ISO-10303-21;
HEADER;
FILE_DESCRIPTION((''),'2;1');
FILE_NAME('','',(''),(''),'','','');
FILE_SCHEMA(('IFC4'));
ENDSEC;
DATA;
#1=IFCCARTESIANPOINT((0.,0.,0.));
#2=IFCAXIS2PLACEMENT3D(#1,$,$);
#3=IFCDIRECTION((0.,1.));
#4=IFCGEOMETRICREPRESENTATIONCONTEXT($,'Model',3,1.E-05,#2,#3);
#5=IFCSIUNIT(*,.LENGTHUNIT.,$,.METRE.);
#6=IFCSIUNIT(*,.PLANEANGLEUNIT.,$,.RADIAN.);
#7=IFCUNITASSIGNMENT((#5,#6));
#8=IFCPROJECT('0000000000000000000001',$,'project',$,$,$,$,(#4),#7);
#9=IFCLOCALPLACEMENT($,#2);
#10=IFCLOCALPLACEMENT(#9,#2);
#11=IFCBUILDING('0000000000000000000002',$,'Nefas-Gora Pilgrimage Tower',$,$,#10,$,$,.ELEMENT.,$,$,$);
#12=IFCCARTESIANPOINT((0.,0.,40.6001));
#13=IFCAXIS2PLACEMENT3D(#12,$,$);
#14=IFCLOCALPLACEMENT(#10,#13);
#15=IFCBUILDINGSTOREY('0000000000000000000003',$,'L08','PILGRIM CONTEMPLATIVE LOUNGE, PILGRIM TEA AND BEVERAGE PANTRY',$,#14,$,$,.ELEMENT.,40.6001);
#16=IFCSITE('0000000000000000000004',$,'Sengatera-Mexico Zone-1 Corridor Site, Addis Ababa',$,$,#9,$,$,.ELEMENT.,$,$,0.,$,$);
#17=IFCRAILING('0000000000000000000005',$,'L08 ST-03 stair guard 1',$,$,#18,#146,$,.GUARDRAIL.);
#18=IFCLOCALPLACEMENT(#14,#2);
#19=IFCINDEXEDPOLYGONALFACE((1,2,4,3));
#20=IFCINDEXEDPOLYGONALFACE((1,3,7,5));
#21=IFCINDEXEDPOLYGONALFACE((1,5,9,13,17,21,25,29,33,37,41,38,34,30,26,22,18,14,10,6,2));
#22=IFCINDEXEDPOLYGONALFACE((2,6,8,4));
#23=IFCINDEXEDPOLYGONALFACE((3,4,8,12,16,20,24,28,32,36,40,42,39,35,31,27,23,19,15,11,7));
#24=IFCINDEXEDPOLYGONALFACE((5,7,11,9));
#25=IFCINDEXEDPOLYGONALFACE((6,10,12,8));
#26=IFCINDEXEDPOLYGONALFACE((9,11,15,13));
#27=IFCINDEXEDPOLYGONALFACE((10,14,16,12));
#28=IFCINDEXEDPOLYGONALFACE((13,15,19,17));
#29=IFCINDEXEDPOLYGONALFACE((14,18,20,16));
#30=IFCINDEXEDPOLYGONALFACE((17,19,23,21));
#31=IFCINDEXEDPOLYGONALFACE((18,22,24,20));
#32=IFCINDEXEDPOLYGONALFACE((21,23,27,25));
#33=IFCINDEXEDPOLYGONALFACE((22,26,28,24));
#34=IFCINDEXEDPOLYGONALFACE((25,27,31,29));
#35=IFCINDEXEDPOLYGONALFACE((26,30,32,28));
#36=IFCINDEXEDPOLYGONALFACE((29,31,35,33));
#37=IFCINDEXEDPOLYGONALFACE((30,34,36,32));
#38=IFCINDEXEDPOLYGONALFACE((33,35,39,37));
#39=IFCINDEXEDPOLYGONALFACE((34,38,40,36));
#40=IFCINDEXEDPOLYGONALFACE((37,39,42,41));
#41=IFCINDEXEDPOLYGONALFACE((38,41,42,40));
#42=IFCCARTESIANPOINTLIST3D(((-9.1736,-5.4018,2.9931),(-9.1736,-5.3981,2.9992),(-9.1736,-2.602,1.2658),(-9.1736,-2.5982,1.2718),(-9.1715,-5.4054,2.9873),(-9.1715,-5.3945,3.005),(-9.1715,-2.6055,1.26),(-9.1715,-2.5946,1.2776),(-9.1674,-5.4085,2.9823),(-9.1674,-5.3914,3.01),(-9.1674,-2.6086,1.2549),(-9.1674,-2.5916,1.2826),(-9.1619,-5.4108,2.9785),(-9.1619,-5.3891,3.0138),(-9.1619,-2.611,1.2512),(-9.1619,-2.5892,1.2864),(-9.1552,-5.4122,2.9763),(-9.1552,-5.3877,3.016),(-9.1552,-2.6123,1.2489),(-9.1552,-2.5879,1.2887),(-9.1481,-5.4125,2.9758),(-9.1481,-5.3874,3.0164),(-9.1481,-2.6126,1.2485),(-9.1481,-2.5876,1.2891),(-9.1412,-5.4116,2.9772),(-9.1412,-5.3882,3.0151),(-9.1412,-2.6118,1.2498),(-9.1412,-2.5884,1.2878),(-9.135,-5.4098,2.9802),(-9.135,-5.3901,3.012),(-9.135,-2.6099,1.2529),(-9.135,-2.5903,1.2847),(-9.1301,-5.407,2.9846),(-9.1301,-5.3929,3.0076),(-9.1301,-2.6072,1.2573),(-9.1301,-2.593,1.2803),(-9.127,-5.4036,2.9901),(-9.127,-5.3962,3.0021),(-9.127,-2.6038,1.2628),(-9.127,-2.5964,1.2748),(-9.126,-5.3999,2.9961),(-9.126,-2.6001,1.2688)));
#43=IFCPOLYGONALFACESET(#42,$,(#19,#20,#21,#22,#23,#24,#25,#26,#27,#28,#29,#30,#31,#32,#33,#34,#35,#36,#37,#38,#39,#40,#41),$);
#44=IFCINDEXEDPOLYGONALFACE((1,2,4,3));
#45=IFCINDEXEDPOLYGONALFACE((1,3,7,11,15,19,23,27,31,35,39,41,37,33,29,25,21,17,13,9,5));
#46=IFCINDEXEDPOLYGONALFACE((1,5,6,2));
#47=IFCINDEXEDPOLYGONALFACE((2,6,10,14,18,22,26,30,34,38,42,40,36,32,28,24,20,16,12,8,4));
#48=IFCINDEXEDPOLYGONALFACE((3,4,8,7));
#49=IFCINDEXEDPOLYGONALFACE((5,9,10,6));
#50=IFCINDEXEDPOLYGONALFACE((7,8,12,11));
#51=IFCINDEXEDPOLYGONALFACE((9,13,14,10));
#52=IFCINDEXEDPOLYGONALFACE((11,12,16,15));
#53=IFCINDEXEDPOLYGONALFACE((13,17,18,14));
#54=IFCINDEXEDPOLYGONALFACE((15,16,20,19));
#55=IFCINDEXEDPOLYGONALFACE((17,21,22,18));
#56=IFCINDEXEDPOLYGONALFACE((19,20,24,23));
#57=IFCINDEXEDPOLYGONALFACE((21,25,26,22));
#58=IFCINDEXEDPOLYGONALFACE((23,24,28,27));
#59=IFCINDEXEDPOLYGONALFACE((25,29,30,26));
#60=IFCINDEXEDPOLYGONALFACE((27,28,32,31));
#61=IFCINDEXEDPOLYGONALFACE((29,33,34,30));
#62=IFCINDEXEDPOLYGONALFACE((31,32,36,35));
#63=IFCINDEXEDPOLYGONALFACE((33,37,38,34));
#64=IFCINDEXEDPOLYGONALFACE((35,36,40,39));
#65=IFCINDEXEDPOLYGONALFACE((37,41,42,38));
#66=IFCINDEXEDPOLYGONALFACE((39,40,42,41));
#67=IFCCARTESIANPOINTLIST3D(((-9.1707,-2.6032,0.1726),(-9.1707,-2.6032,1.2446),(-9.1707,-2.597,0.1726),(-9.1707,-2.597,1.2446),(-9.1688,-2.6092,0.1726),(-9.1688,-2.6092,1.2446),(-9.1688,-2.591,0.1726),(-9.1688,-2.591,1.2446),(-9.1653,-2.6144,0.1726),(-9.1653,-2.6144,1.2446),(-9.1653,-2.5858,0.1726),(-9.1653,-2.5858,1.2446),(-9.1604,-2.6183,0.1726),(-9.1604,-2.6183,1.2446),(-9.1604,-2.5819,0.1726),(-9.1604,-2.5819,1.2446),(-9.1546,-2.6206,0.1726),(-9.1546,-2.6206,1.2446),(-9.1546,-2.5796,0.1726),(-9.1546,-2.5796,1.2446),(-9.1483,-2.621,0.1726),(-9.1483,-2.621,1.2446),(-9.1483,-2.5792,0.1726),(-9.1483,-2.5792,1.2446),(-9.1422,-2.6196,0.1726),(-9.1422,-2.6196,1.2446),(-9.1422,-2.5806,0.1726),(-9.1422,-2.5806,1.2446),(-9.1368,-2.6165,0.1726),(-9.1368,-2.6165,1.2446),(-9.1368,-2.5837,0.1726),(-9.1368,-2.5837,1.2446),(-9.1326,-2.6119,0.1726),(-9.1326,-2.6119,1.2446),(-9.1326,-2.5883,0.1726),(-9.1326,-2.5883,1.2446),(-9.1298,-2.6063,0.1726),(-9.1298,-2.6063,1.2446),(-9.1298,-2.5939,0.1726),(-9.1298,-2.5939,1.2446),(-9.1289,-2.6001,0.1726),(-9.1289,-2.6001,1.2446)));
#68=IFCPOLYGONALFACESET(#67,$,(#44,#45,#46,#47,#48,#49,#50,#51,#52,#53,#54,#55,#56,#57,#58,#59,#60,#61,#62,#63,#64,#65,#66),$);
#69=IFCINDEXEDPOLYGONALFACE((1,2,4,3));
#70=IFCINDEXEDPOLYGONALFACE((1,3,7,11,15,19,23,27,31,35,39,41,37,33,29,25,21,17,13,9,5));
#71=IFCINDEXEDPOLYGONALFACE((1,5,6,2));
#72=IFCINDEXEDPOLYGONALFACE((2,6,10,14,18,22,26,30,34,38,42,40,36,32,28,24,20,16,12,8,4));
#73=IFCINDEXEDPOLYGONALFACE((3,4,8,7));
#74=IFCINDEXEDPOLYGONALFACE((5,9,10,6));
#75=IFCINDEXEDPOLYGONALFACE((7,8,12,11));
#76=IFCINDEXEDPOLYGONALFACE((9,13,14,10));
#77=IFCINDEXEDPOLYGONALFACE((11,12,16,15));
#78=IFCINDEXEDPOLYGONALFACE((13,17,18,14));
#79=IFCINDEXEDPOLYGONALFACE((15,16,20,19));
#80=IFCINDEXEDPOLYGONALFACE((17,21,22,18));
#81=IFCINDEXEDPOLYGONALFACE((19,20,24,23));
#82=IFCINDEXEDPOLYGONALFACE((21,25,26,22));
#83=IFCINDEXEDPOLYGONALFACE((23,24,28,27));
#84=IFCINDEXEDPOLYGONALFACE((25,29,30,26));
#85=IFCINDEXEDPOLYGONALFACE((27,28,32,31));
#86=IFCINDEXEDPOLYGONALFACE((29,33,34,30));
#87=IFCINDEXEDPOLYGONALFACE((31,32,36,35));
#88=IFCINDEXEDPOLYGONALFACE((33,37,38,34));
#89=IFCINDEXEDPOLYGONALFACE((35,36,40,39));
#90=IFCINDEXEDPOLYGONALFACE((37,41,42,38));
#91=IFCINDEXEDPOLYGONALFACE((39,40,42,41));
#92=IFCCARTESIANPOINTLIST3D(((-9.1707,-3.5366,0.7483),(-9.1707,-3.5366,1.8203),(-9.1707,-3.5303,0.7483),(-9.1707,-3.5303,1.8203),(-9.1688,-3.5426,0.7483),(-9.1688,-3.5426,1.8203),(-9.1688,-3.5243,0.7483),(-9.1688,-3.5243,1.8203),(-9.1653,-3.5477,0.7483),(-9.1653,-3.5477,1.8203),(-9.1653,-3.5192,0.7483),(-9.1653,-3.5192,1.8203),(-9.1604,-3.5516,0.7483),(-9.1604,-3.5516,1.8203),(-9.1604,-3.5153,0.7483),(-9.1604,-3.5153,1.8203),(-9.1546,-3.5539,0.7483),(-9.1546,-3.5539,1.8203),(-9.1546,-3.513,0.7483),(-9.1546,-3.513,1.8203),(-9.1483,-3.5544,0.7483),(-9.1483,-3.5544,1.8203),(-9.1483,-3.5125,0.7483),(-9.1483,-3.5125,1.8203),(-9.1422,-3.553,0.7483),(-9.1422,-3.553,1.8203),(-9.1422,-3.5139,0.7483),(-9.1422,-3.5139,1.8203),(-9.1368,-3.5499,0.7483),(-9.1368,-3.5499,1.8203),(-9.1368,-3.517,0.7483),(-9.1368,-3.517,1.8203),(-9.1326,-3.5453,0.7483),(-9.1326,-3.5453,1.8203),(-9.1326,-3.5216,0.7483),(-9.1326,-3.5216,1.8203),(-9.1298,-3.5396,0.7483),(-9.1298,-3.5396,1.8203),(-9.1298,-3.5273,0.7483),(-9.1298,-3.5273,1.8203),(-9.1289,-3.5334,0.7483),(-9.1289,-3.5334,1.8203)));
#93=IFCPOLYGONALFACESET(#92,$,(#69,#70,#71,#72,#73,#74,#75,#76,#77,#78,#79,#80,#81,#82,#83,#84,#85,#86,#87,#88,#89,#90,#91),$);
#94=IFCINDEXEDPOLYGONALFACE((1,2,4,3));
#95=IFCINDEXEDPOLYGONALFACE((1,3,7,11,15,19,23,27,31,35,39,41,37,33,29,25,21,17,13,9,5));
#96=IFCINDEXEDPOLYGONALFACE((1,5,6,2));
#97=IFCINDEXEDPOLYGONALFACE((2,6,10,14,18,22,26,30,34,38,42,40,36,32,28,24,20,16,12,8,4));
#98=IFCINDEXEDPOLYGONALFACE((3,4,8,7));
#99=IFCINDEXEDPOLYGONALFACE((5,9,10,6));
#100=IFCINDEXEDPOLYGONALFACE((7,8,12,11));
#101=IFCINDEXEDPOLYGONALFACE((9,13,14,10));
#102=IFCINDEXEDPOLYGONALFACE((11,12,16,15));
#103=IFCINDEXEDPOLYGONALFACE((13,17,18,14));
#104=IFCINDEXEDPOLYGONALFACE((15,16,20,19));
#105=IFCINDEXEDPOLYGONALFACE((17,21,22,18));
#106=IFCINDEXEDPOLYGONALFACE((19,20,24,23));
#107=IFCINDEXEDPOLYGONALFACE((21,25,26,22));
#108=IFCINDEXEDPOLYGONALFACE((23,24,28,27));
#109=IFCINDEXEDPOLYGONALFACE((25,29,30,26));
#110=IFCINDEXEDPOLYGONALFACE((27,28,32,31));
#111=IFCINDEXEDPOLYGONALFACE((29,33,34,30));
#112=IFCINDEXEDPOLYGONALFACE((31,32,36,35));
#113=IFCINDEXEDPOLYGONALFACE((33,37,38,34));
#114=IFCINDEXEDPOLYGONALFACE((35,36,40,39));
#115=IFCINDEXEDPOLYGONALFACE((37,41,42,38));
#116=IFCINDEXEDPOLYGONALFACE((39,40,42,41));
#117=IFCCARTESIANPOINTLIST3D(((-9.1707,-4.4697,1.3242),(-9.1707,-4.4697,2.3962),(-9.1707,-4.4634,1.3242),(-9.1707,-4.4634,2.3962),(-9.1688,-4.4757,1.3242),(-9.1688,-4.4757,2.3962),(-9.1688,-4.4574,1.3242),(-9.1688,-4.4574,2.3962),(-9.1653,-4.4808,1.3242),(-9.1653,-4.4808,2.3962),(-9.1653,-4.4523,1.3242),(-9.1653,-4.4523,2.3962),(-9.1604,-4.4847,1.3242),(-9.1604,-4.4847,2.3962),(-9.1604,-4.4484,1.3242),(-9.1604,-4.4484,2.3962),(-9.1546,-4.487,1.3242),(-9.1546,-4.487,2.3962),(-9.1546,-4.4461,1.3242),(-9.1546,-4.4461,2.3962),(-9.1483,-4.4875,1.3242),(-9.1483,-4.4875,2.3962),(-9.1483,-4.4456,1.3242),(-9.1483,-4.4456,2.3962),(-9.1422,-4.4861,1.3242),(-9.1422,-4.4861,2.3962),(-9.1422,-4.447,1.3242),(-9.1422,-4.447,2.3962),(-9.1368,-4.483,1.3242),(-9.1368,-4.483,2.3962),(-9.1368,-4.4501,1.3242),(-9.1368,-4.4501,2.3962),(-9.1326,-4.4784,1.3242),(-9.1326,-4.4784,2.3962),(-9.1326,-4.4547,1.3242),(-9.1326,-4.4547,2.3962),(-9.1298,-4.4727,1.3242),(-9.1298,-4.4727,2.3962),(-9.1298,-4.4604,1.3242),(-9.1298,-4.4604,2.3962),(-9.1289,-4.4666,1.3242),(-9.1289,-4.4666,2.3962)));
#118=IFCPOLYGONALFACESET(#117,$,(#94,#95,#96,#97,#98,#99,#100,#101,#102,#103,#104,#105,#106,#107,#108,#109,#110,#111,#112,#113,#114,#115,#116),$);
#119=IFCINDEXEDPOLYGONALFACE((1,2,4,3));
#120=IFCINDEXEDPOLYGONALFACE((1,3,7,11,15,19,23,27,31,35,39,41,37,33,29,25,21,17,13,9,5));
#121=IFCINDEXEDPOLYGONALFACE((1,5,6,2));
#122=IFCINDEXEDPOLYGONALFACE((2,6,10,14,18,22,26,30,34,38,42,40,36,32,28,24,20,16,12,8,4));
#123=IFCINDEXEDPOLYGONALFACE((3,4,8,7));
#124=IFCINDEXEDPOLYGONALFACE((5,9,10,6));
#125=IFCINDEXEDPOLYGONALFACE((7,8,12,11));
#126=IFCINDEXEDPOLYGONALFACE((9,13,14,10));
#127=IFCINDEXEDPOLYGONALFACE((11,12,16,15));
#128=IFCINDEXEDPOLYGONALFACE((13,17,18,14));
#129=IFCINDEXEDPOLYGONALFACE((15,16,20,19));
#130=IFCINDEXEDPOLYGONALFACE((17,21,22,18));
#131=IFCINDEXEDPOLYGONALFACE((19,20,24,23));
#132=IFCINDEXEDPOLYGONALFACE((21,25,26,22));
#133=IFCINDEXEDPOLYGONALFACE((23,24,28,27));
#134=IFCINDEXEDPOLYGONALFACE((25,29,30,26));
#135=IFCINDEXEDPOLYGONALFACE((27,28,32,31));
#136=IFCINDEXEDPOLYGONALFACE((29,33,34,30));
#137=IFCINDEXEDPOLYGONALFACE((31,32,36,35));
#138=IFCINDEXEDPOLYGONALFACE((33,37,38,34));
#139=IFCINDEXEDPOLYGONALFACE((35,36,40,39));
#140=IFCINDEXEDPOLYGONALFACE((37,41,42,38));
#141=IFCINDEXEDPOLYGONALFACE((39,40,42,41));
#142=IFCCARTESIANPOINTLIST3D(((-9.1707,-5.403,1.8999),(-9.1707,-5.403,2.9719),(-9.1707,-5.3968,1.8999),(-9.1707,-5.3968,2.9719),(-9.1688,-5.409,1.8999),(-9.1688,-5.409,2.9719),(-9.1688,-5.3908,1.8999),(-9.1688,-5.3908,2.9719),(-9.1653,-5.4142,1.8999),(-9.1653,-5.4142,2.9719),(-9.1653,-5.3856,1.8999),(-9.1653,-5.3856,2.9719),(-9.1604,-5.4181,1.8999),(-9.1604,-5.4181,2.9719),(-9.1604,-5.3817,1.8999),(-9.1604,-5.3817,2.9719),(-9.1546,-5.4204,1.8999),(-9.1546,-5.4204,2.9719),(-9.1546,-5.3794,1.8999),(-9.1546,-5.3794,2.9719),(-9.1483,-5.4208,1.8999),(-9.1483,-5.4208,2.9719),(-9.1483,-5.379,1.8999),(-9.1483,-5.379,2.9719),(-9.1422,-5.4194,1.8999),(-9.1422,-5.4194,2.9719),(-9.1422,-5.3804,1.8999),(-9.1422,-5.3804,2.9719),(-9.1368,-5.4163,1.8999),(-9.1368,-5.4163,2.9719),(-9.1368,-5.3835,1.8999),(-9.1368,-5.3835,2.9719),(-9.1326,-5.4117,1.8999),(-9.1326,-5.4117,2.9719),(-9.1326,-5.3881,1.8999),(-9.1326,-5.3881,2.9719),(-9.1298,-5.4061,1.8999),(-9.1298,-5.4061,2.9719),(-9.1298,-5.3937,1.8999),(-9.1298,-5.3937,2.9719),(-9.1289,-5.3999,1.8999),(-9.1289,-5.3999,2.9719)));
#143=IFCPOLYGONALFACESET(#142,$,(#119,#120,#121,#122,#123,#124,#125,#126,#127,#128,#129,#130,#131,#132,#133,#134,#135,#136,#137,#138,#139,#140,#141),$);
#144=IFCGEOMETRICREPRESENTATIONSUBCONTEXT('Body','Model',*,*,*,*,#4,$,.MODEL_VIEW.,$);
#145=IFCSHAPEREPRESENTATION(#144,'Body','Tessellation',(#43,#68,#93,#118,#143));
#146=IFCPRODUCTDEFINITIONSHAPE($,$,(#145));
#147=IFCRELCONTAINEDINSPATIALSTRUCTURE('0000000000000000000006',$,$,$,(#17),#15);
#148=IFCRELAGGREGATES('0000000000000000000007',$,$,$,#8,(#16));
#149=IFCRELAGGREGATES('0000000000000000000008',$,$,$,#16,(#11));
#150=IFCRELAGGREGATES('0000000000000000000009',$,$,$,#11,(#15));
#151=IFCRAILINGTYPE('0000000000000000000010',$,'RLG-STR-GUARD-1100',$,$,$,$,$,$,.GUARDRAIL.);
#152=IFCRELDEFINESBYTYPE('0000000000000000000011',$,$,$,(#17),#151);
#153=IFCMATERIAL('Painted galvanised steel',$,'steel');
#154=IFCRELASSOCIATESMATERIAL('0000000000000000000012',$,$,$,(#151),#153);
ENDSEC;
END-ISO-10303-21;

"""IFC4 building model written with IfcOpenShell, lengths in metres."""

from ifc_helpers import new_model, si_unit, direction, frame, origin, origin_2d, place, context, subcontext, project, spatial, circle, extrude, material, type_object, element, save


model = new_model("IFC4")

# Units and contexts
model_context = context("Model", 3, precision=1e-05, world=origin(), true_north=direction((0.0, 1.0)))
body_context = subcontext(model_context, "Body", "Model", "MODEL_VIEW")
ifc_project = project(units=[si_unit("LENGTHUNIT", "METRE"), si_unit("PLANEANGLEUNIT", "RADIAN")], contexts=[model_context])

# Site, building, storey
site_placement = place(None, origin())
site = spatial("IfcSite", under=ifc_project, at=site_placement, Name="Sengatera-Mexico Zone-1 Corridor Site, Addis Ababa", CompositionType="ELEMENT", RefElevation=0.0)
building_placement = place(site_placement, origin())
building = spatial("IfcBuilding", under=site, at=building_placement, Name="Nefas-Gora Pilgrimage Tower", CompositionType="ELEMENT")
storey_placement = place(building_placement, frame((0.0, 0.0, 40.6001)))
storey = spatial("IfcBuildingStorey", under=building, at=storey_placement, Name="L08", Description="PILGRIM CONTEMPLATIVE LOUNGE, PILGRIM TEA AND BEVERAGE PANTRY", CompositionType="ELEMENT", Elevation=40.6001)

# Railing
ifc_material_1 = material(Name="Painted galvanised steel", Category="steel")
railing_type_1 = type_object("IfcRailingType", Name="RLG-STR-GUARD-1100", PredefinedType="GUARDRAIL", material=ifc_material_1)
railing_1_placement = place(storey_placement, frame((-9.1499, -2.6001, 0.1726)))
element("IfcRailing", 1, at=railing_1_placement, inside=storey, type_object=railing_type_1, Name="L08 ST-03 stair guard 1", PredefinedType="GUARDRAIL", context=body_context, shape_type="SweptSolid", body=[
    extrude(circle(Radius=0.0239, at=origin_2d()), frame((0.0, 0.0, 1.0962), z_axis=(0.0, -0.851069, 0.525054), x_axis=(1.0, 0.0, 0.0)), (0.0, 0.0, 1.0), 3.2898),
    extrude(circle(Radius=0.021, at=origin_2d()), origin(), (0.0, 0.0, 1.0), 1.072),
    extrude(circle(Radius=0.021, at=origin_2d()), frame((0.0, -0.9333, 0.5757)), (0.0, 0.0, 1.0), 1.072),
    extrude(circle(Radius=0.021, at=origin_2d()), frame((0.0, -1.8665, 1.1516)), (0.0, 0.0, 1.0), 1.072),
    extrude(circle(Radius=0.021, at=origin_2d()), frame((0.0, -2.7998, 1.7273)), (0.0, 0.0, 1.0), 1.072),
])

save(model, "model.ifc")
